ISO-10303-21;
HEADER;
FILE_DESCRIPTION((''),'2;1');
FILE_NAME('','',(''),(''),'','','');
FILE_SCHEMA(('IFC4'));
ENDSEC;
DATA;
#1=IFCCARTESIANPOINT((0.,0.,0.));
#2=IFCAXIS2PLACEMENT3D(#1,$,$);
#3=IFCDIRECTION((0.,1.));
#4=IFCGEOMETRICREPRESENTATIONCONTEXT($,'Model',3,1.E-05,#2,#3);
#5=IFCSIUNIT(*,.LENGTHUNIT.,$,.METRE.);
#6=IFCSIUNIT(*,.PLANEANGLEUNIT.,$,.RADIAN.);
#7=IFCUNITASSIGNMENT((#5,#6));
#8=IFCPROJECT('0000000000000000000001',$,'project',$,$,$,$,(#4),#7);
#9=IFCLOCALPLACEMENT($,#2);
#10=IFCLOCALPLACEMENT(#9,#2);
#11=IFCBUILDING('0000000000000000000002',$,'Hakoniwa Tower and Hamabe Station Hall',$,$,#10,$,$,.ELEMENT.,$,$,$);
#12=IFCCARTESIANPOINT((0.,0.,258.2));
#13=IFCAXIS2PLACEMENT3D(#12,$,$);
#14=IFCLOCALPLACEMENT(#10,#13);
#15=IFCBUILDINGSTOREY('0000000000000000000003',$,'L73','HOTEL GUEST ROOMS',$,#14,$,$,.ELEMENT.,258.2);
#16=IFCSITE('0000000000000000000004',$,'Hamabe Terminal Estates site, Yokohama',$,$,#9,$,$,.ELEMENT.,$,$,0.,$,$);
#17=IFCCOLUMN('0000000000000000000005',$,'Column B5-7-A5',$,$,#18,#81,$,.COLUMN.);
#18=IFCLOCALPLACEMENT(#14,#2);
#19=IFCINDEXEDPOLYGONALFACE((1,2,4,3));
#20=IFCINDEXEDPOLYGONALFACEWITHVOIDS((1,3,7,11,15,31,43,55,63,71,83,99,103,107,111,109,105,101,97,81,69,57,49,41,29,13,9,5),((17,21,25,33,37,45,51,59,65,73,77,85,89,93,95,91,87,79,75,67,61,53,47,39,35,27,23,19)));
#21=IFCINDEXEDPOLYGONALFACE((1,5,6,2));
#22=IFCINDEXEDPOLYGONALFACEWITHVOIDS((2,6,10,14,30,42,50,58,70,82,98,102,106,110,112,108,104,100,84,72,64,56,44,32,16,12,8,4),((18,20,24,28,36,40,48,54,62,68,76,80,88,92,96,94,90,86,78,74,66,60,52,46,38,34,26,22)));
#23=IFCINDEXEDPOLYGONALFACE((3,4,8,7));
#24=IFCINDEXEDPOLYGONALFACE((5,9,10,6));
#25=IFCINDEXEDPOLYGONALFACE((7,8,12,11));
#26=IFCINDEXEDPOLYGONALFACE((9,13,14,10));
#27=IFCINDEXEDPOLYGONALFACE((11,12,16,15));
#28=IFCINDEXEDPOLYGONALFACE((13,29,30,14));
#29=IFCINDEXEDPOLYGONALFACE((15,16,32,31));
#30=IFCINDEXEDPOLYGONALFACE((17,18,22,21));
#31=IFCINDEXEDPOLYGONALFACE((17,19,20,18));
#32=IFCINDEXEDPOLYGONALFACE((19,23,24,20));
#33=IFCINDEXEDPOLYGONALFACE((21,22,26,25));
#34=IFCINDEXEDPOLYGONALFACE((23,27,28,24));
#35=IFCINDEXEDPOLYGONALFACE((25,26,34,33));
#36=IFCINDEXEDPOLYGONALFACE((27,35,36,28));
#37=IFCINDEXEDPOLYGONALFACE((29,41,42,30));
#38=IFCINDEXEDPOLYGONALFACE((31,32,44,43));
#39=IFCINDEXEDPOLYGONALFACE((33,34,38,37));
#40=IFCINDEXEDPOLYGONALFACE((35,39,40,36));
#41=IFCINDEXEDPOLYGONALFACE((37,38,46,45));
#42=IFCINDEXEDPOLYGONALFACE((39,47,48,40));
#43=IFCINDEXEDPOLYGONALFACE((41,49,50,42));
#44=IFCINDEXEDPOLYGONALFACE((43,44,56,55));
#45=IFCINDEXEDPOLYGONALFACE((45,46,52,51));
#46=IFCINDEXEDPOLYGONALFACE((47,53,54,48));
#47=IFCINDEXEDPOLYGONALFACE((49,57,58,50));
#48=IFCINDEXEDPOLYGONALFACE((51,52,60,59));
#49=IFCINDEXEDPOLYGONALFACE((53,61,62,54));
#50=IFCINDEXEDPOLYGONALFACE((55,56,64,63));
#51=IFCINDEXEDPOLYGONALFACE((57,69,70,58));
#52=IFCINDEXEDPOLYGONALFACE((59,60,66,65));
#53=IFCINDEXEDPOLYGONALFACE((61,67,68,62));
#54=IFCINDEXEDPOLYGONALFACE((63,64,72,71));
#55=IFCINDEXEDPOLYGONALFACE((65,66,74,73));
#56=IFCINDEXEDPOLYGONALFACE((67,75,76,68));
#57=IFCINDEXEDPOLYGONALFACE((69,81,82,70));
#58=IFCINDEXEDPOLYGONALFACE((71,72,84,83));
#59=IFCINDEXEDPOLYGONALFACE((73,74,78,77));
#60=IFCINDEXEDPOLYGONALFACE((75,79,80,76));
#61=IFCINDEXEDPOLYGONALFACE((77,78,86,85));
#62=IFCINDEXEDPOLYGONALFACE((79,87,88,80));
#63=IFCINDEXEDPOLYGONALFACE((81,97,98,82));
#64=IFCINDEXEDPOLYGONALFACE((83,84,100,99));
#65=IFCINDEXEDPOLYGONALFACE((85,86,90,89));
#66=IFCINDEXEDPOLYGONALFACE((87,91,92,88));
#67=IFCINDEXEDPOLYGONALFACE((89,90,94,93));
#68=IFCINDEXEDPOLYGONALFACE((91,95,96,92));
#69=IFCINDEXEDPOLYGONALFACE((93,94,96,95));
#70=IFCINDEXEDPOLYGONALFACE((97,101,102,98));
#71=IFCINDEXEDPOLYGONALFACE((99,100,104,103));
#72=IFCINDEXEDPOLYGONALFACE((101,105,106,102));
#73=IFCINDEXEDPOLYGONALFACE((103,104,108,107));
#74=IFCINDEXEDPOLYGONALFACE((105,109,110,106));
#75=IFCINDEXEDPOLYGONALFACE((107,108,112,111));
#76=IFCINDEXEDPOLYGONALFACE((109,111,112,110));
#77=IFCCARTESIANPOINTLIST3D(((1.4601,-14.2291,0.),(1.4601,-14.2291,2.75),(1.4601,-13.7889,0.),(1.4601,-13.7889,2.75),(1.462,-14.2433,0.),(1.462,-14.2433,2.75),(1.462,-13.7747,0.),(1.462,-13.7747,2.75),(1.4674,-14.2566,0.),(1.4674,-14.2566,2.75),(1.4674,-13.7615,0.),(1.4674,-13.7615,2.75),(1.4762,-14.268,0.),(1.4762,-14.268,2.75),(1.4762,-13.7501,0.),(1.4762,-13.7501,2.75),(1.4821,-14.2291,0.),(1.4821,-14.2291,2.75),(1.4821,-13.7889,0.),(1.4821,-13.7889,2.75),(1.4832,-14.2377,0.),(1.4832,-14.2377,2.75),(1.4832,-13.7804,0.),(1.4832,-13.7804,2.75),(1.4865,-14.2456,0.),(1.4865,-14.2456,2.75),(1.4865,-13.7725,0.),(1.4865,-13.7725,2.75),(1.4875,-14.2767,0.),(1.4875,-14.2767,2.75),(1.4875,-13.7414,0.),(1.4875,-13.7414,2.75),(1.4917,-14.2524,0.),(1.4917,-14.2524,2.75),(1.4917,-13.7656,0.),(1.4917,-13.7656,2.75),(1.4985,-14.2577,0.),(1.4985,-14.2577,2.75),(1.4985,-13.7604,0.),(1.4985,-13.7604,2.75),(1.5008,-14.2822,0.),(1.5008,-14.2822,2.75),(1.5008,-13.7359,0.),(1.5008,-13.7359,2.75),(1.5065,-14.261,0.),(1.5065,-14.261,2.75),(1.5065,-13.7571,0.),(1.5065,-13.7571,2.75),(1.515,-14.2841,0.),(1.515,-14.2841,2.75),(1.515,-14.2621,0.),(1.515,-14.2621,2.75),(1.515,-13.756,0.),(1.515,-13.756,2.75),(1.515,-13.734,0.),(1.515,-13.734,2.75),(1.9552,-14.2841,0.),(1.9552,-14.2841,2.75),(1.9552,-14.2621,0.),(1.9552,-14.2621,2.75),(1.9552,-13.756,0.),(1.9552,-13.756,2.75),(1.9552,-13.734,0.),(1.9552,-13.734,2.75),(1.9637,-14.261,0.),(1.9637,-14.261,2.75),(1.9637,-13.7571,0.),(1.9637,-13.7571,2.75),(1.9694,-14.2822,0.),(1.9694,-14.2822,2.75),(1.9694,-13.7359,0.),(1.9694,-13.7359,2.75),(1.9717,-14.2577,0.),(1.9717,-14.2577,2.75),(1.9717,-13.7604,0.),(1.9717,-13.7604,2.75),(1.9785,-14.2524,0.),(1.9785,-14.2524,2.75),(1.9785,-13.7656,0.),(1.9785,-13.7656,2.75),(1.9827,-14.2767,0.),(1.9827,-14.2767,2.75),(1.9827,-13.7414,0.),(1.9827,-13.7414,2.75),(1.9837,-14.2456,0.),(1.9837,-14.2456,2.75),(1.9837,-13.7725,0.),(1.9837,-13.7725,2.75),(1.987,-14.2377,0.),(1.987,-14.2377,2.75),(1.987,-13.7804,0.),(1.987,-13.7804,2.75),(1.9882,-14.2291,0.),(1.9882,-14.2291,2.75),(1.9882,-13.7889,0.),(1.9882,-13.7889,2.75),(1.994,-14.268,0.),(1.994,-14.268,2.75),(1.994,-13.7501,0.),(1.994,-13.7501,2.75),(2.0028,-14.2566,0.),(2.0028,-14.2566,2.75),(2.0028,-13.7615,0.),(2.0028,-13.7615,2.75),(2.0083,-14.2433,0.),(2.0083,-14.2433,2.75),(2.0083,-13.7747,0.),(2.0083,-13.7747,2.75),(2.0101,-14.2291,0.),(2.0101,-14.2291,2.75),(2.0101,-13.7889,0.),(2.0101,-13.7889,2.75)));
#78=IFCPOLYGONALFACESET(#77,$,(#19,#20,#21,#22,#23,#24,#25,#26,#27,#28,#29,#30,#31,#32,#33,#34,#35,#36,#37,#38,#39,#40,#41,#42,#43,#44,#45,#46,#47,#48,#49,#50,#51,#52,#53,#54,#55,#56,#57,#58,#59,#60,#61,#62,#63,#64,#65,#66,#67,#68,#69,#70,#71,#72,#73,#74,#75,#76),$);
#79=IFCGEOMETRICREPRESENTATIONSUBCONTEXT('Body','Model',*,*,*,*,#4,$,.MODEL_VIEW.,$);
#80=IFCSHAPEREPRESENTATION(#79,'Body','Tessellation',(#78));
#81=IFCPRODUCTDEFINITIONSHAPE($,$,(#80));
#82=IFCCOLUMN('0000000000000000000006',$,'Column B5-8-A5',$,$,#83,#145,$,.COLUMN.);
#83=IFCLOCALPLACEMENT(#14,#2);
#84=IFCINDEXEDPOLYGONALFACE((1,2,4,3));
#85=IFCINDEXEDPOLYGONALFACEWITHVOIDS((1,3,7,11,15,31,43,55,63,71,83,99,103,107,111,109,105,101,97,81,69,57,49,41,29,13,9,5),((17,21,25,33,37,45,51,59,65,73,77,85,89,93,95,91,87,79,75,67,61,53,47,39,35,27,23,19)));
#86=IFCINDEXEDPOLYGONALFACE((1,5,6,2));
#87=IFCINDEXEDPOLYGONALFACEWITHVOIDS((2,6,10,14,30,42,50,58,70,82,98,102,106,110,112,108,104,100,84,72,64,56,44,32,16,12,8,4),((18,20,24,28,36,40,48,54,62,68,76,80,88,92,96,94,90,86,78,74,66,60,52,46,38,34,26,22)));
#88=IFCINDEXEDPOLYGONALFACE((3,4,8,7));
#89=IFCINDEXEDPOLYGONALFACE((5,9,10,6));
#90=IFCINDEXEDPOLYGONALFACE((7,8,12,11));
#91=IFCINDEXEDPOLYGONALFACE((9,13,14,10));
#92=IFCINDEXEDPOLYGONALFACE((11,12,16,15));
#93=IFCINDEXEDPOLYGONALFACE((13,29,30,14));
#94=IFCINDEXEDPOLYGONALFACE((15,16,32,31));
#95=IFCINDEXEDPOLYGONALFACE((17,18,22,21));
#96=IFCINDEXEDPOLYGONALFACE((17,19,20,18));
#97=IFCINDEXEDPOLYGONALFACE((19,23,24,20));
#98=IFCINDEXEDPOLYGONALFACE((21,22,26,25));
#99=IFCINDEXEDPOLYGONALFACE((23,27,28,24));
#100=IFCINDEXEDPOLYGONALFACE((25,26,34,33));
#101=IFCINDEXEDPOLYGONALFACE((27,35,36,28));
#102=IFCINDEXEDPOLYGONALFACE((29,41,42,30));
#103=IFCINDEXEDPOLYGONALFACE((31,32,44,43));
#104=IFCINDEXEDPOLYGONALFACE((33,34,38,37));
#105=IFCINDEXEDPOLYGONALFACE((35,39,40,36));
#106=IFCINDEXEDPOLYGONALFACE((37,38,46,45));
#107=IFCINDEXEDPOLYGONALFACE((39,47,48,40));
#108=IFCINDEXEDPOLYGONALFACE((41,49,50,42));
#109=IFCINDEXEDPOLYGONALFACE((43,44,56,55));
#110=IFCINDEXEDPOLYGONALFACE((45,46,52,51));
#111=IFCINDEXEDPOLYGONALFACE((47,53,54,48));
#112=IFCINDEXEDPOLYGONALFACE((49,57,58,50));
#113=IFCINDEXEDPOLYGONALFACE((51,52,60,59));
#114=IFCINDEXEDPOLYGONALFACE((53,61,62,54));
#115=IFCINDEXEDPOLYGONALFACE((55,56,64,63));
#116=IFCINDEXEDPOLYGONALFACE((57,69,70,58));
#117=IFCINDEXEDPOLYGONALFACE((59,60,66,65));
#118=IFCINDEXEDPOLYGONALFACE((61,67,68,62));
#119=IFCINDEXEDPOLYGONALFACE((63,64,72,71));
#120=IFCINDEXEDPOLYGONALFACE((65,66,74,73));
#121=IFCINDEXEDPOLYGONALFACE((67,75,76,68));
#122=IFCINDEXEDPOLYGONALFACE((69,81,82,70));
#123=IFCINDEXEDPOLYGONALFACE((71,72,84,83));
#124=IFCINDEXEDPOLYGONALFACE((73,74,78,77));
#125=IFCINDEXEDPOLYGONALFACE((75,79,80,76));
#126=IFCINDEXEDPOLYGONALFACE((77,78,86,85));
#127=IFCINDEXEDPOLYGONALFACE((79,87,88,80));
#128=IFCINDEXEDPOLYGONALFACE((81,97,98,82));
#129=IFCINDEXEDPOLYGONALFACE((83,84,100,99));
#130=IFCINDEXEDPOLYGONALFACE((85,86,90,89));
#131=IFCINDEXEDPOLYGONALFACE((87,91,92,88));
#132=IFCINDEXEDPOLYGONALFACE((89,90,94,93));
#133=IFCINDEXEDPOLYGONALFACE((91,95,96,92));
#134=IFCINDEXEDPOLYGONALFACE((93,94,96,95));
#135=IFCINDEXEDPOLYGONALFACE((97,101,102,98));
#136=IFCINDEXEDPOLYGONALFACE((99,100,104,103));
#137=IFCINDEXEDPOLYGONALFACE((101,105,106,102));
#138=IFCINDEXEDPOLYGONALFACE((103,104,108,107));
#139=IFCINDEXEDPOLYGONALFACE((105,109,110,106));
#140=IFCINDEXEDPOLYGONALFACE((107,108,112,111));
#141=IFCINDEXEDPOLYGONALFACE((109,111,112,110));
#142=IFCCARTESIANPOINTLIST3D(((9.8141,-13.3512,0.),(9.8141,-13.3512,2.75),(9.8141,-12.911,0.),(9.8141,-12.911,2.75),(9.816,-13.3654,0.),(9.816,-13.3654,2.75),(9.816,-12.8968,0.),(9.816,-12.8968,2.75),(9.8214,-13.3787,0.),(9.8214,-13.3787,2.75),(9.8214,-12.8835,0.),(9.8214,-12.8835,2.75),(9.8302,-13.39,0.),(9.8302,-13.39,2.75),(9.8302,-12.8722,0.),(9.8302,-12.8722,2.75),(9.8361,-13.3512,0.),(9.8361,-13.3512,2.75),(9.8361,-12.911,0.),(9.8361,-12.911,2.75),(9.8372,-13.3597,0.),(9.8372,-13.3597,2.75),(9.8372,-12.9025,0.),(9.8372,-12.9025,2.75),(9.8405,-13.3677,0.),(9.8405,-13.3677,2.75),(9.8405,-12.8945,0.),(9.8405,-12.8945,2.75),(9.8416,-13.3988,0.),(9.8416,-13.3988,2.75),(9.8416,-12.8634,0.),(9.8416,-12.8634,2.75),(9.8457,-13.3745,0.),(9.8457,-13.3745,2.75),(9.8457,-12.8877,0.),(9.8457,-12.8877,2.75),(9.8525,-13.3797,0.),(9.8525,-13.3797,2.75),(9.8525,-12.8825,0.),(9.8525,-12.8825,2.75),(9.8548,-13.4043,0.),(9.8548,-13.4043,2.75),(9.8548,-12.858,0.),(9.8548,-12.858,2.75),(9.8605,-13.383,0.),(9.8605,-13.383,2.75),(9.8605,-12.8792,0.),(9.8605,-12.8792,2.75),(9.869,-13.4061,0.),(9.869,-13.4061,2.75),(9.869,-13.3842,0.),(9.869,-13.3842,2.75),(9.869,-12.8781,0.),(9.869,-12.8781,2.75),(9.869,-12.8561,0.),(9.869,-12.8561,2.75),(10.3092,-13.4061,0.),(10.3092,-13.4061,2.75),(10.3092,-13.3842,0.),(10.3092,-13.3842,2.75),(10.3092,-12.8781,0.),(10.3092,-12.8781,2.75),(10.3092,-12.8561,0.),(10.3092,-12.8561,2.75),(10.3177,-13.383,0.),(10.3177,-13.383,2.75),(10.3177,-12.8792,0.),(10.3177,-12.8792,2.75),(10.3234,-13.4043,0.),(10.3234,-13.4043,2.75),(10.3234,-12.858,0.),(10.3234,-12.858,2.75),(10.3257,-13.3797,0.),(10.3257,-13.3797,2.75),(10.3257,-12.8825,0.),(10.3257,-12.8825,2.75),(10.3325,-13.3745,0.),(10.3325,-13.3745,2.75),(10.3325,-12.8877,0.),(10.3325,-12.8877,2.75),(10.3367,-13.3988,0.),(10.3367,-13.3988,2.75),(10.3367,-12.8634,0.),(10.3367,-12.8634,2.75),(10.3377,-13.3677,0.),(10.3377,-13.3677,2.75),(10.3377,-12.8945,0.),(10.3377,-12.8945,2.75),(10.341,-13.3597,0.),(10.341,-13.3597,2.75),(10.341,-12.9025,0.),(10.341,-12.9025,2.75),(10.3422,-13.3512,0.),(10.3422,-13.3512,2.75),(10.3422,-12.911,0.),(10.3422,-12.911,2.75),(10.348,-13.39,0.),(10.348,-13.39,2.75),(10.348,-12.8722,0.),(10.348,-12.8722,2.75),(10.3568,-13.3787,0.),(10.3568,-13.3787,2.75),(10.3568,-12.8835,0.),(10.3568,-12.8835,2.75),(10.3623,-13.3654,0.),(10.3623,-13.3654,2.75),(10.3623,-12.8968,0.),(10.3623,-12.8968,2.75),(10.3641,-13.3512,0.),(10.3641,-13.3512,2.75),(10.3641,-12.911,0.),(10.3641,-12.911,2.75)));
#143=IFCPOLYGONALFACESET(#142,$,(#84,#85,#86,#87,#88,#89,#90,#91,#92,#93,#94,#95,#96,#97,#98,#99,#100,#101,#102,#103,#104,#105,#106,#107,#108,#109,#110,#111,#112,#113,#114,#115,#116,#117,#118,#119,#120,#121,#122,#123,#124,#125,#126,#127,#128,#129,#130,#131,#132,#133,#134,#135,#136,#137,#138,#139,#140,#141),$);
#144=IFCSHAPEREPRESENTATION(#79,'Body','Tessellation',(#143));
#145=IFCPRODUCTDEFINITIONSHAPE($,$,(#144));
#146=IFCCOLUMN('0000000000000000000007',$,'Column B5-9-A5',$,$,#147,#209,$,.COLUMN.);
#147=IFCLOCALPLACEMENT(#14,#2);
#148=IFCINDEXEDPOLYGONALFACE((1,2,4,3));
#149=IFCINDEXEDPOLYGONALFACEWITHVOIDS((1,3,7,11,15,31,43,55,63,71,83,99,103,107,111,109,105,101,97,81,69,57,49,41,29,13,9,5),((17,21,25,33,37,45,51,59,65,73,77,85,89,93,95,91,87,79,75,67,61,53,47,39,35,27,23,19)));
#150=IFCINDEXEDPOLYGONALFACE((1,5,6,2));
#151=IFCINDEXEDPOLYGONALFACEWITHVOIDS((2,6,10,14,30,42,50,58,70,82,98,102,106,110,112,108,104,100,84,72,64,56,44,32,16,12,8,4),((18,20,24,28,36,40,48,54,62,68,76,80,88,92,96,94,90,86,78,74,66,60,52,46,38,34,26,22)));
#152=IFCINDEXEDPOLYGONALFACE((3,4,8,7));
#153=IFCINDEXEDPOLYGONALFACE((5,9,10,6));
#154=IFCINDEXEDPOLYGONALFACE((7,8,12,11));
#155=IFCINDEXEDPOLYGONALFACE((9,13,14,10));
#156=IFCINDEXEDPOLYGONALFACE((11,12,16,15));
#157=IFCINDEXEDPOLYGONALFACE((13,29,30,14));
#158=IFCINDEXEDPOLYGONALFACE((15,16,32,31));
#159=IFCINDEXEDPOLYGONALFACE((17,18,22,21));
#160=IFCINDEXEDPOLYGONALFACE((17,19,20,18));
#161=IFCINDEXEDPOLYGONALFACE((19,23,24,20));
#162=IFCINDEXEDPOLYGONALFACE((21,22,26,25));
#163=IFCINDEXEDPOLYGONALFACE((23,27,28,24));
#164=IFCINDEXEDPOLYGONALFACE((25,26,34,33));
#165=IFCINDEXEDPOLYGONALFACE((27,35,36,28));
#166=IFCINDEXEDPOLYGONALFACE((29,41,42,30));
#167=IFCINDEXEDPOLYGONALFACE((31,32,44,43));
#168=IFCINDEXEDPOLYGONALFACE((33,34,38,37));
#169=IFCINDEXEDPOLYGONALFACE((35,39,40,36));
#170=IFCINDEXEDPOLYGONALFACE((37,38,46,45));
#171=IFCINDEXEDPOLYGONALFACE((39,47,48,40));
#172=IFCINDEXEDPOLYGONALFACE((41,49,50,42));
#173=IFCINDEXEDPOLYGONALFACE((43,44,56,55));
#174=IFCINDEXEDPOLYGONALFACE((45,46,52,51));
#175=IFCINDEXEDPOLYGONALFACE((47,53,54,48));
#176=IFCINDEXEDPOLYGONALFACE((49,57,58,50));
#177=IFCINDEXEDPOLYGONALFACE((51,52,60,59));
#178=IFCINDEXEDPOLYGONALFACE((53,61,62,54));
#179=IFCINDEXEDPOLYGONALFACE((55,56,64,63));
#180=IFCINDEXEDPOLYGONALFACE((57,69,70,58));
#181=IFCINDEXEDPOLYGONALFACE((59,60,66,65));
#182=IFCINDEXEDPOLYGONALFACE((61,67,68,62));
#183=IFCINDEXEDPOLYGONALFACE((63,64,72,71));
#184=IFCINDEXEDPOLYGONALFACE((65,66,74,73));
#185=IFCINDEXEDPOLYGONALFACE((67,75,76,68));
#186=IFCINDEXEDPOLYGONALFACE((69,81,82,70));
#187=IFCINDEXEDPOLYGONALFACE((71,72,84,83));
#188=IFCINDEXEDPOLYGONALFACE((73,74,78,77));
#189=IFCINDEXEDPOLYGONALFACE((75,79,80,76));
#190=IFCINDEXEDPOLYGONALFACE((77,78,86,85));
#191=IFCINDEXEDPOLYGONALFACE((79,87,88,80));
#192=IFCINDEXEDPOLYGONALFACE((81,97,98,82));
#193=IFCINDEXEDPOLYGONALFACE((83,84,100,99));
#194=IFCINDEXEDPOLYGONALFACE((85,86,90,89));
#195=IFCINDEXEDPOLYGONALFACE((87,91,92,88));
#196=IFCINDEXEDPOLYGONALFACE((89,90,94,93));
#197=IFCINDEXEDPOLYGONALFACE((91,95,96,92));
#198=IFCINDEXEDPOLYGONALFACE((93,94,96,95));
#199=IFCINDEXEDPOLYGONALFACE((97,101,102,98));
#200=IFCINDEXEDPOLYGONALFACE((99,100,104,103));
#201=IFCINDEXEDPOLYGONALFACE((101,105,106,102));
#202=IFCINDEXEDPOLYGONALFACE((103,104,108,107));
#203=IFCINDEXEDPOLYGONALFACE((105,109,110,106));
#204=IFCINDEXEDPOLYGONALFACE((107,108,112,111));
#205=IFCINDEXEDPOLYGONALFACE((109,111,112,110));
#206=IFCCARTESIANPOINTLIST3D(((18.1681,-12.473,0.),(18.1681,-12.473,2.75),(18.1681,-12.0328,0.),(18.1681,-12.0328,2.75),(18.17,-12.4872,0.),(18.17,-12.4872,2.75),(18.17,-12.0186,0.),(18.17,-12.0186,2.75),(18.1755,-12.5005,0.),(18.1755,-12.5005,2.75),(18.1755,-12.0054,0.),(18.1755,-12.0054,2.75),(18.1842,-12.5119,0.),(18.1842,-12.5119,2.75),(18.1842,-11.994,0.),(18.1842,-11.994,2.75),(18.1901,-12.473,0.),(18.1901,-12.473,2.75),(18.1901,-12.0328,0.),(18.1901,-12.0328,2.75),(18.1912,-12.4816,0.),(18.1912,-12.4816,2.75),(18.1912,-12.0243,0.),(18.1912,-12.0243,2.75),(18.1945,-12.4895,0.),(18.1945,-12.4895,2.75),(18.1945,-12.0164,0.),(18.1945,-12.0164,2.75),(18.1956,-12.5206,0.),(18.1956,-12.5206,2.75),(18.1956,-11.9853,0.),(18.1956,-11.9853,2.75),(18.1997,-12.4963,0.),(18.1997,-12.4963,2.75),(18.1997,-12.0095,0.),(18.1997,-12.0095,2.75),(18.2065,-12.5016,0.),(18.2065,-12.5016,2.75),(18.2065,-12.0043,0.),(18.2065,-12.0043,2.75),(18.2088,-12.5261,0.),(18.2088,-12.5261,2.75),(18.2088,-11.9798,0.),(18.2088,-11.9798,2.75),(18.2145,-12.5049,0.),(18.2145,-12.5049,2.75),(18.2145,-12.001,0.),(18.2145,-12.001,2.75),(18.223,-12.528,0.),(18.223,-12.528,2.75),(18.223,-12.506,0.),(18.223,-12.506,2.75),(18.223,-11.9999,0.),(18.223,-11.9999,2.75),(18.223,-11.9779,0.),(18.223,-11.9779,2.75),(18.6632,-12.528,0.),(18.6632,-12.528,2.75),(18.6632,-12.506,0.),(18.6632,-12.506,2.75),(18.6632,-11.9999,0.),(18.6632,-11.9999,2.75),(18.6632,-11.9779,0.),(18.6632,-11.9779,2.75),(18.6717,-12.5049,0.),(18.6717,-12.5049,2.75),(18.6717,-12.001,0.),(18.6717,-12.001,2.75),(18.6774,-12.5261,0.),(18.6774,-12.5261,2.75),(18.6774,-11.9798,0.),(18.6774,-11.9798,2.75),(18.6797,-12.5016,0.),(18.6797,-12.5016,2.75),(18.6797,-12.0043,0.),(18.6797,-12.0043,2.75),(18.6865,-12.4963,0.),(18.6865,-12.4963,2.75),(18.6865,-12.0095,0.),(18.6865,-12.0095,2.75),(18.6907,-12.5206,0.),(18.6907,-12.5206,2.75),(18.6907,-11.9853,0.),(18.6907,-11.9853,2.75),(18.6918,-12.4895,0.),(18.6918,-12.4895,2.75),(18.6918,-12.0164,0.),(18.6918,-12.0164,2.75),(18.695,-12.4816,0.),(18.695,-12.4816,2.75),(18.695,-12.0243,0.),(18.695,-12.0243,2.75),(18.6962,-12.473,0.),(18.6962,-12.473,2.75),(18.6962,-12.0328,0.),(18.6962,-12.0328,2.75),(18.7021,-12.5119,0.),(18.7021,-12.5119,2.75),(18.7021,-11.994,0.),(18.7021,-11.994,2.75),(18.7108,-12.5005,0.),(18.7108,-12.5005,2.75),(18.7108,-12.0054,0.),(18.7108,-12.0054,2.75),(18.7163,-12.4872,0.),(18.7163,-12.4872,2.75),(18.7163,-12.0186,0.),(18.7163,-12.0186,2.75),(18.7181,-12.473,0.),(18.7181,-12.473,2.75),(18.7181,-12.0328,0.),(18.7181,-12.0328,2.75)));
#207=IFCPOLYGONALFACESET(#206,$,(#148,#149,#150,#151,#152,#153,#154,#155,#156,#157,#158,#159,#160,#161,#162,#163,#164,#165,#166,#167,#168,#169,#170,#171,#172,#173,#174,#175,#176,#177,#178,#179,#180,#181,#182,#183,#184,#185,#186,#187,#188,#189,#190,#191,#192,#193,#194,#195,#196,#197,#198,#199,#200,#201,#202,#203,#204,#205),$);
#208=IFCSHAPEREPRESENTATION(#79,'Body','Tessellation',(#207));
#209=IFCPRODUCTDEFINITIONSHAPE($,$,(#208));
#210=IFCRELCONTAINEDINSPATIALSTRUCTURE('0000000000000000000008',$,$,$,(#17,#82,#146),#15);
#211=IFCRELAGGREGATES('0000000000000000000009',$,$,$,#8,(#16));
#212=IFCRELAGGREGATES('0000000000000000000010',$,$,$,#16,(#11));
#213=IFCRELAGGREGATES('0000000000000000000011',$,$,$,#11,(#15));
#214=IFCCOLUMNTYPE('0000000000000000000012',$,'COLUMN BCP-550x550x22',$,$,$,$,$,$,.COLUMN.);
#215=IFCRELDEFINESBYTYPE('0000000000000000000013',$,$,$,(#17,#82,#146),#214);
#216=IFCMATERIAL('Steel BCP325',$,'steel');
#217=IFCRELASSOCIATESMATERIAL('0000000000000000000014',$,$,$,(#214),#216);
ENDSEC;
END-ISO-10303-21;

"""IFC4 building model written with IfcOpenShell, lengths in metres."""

from ifc_helpers import new_model, si_unit, direction, frame, origin, origin_2d, place, context, subcontext, project, spatial, hollow_rectangle, extrude, material, material_profile, profile_set, type_object, element, save


model = new_model("IFC4")

# Units and contexts
model_context = context("Model", 3, precision=1e-05, world=origin(), true_north=direction((0.0, 1.0)))
body_context = subcontext(model_context, "Body", "Model", "MODEL_VIEW")
ifc_project = project(units=[si_unit("LENGTHUNIT", "METRE"), si_unit("PLANEANGLEUNIT", "RADIAN")], contexts=[model_context])

# Site, building, storey
site_placement = place(None, origin())
site = spatial("IfcSite", under=ifc_project, at=site_placement, Name="Hamabe Terminal Estates site, Yokohama", CompositionType="ELEMENT", RefElevation=0.0)
building_placement = place(site_placement, origin())
building = spatial("IfcBuilding", under=site, at=building_placement, Name="Hakoniwa Tower and Hamabe Station Hall", CompositionType="ELEMENT")
storey_placement = place(building_placement, frame((0.0, 0.0, 258.2)))
storey = spatial("IfcBuildingStorey", under=building, at=storey_placement, Name="L73", Description="HOTEL GUEST ROOMS", CompositionType="ELEMENT", Elevation=258.2)

# Columns
ifc_material_1 = material(Name="Steel BCP325", Category="steel")
ifc_material_profile_1 = material_profile(ifc_material_1, hollow_rectangle(XDim=0.55, YDim=0.55, WallThickness=0.022, InnerFilletRadius=0.033, OuterFilletRadius=0.0549, at=origin_2d()), Name="BCP-550x550x22")
ifc_profile_set_1 = profile_set([ifc_material_profile_1], Name="Steel BCP325")
column_type = type_object("IfcColumnType", Name="COLUMN BCP-550x550x22", PredefinedType="COLUMN", material=ifc_profile_set_1)
for number, where, z_axis, x_axis, name in (
    (1, (1.7351, -14.009, 0.0), (0.0, 0.0, 1.0), (1.0, 0.0, 0.0), "Column B5-7-A5"),
    (2, (10.0891, -13.1311, 0.0), (0.0, 0.0, 1.0), (1.0, 0.0, 0.0), "Column B5-8-A5"),
    (3, (18.4431, -12.2529, 0.0), (0.0, 0.0, 1.0), (1.0, 0.0, 0.0), "Column B5-9-A5"),
):
    element("IfcColumn", number, at=place(storey_placement, frame(where, z_axis=z_axis, x_axis=x_axis)), inside=storey, type_object=column_type, Name=name, PredefinedType="COLUMN", context=body_context, shape_type="SweptSolid", body=[
        extrude(hollow_rectangle(XDim=0.55, YDim=0.55, WallThickness=0.022, InnerFilletRadius=0.033, OuterFilletRadius=0.0549, at=origin_2d()), origin(), (0.0, 0.0, 1.0), 2.75),
    ])

save(model, "model.ifc")
